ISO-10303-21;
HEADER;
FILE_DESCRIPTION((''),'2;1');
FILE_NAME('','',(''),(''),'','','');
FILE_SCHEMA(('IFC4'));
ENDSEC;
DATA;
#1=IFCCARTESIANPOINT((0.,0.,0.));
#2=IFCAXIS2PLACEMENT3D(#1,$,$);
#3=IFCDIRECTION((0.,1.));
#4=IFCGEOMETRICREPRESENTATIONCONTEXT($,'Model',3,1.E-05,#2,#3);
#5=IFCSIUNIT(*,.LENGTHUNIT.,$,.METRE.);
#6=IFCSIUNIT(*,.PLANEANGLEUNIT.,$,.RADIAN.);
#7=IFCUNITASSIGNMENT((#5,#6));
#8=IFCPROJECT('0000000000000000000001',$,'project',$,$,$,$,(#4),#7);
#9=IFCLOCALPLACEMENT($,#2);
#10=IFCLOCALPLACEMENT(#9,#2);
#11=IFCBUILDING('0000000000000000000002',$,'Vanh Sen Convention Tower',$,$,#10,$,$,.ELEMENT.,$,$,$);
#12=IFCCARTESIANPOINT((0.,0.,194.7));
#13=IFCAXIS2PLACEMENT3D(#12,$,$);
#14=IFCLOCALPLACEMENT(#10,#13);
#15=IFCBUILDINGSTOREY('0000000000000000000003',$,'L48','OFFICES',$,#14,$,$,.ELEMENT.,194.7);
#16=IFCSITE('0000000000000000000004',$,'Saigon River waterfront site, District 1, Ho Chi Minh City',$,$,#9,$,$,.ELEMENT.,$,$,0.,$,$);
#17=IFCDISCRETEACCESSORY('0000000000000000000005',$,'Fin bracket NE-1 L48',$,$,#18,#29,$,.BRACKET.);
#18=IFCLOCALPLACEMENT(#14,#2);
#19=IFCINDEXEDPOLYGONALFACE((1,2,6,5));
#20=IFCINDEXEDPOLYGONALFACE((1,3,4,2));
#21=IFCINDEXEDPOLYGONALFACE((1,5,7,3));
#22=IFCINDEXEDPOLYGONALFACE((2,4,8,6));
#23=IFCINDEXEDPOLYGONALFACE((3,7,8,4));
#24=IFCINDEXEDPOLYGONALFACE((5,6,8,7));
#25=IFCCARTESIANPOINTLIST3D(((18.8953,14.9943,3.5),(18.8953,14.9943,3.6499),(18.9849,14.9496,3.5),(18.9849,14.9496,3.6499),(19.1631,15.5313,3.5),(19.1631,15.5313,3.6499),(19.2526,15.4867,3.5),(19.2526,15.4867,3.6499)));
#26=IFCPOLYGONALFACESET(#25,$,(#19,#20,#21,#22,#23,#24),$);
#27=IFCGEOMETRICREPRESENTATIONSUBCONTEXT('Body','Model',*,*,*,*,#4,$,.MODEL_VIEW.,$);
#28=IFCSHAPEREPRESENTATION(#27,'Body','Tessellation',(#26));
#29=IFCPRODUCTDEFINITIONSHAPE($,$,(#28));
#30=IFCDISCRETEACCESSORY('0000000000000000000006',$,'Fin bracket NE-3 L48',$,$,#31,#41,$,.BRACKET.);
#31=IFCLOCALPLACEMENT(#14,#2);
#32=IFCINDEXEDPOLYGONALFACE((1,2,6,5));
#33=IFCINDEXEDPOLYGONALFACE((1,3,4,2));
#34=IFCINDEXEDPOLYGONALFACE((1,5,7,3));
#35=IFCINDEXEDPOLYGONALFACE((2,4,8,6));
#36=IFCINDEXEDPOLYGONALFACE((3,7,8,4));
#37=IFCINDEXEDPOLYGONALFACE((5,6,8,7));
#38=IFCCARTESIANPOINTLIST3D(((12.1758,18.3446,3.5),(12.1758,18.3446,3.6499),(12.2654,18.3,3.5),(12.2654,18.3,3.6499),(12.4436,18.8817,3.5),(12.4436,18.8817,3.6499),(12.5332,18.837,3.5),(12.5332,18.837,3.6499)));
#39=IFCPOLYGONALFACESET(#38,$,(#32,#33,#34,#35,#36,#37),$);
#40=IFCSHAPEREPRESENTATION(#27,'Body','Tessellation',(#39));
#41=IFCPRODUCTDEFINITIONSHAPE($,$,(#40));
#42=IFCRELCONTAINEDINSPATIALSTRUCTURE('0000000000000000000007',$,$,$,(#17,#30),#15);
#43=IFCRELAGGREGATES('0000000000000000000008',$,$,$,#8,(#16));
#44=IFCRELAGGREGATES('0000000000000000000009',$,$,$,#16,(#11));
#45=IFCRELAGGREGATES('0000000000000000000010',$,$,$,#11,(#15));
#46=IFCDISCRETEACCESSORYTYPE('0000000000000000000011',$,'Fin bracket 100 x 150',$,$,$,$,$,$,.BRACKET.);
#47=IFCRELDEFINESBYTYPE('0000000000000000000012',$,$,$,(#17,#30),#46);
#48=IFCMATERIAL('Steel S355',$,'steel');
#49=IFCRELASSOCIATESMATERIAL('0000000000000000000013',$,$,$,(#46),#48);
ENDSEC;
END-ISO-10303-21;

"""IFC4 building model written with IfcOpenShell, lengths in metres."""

from ifc_helpers import new_model, si_unit, direction, frame, origin, origin_2d, place, context, subcontext, project, spatial, rectangle, extrude, material, type_object, element, save


model = new_model("IFC4")

# Units and contexts
model_context = context("Model", 3, precision=1e-05, world=origin(), true_north=direction((0.0, 1.0)))
body_context = subcontext(model_context, "Body", "Model", "MODEL_VIEW")
ifc_project = project(units=[si_unit("LENGTHUNIT", "METRE"), si_unit("PLANEANGLEUNIT", "RADIAN")], contexts=[model_context])

# Site, building, storey
site_placement = place(None, origin())
site = spatial("IfcSite", under=ifc_project, at=site_placement, Name="Saigon River waterfront site, District 1, Ho Chi Minh City", CompositionType="ELEMENT", RefElevation=0.0)
building_placement = place(site_placement, origin())
building = spatial("IfcBuilding", under=site, at=building_placement, Name="Vanh Sen Convention Tower", CompositionType="ELEMENT")
storey_placement = place(building_placement, frame((0.0, 0.0, 194.7)))
storey = spatial("IfcBuildingStorey", under=building, at=storey_placement, Name="L48", Description="OFFICES", CompositionType="ELEMENT", Elevation=194.7)

# Discrete accessories
ifc_material_1 = material(Name="Steel S355", Category="steel")
discrete_accessory_type = type_object("IfcDiscreteAccessoryType", Name="Fin bracket 100 x 150", PredefinedType="BRACKET", material=ifc_material_1)
for number, where, z_axis, x_axis, name in (
    (1, (19.074, 15.2405, 3.5), (0.0, 0.0, 1.0), (0.446198, 0.894934, 0.0), "Fin bracket NE-1 L48"),
    (2, (12.3545, 18.5908, 3.5), (0.0, 0.0, 1.0), (0.446198, 0.894934, 0.0), "Fin bracket NE-3 L48"),
):
    element("IfcDiscreteAccessory", number, at=place(storey_placement, frame(where, z_axis=z_axis, x_axis=x_axis)), inside=storey, type_object=discrete_accessory_type, Name=name, PredefinedType="BRACKET", context=body_context, shape_type="SweptSolid", body=[
        extrude(rectangle(XDim=0.6001, YDim=0.1001, at=origin_2d()), origin(), (0.0, 0.0, 1.0), 0.1499),
    ])

save(model, "model.ifc")
